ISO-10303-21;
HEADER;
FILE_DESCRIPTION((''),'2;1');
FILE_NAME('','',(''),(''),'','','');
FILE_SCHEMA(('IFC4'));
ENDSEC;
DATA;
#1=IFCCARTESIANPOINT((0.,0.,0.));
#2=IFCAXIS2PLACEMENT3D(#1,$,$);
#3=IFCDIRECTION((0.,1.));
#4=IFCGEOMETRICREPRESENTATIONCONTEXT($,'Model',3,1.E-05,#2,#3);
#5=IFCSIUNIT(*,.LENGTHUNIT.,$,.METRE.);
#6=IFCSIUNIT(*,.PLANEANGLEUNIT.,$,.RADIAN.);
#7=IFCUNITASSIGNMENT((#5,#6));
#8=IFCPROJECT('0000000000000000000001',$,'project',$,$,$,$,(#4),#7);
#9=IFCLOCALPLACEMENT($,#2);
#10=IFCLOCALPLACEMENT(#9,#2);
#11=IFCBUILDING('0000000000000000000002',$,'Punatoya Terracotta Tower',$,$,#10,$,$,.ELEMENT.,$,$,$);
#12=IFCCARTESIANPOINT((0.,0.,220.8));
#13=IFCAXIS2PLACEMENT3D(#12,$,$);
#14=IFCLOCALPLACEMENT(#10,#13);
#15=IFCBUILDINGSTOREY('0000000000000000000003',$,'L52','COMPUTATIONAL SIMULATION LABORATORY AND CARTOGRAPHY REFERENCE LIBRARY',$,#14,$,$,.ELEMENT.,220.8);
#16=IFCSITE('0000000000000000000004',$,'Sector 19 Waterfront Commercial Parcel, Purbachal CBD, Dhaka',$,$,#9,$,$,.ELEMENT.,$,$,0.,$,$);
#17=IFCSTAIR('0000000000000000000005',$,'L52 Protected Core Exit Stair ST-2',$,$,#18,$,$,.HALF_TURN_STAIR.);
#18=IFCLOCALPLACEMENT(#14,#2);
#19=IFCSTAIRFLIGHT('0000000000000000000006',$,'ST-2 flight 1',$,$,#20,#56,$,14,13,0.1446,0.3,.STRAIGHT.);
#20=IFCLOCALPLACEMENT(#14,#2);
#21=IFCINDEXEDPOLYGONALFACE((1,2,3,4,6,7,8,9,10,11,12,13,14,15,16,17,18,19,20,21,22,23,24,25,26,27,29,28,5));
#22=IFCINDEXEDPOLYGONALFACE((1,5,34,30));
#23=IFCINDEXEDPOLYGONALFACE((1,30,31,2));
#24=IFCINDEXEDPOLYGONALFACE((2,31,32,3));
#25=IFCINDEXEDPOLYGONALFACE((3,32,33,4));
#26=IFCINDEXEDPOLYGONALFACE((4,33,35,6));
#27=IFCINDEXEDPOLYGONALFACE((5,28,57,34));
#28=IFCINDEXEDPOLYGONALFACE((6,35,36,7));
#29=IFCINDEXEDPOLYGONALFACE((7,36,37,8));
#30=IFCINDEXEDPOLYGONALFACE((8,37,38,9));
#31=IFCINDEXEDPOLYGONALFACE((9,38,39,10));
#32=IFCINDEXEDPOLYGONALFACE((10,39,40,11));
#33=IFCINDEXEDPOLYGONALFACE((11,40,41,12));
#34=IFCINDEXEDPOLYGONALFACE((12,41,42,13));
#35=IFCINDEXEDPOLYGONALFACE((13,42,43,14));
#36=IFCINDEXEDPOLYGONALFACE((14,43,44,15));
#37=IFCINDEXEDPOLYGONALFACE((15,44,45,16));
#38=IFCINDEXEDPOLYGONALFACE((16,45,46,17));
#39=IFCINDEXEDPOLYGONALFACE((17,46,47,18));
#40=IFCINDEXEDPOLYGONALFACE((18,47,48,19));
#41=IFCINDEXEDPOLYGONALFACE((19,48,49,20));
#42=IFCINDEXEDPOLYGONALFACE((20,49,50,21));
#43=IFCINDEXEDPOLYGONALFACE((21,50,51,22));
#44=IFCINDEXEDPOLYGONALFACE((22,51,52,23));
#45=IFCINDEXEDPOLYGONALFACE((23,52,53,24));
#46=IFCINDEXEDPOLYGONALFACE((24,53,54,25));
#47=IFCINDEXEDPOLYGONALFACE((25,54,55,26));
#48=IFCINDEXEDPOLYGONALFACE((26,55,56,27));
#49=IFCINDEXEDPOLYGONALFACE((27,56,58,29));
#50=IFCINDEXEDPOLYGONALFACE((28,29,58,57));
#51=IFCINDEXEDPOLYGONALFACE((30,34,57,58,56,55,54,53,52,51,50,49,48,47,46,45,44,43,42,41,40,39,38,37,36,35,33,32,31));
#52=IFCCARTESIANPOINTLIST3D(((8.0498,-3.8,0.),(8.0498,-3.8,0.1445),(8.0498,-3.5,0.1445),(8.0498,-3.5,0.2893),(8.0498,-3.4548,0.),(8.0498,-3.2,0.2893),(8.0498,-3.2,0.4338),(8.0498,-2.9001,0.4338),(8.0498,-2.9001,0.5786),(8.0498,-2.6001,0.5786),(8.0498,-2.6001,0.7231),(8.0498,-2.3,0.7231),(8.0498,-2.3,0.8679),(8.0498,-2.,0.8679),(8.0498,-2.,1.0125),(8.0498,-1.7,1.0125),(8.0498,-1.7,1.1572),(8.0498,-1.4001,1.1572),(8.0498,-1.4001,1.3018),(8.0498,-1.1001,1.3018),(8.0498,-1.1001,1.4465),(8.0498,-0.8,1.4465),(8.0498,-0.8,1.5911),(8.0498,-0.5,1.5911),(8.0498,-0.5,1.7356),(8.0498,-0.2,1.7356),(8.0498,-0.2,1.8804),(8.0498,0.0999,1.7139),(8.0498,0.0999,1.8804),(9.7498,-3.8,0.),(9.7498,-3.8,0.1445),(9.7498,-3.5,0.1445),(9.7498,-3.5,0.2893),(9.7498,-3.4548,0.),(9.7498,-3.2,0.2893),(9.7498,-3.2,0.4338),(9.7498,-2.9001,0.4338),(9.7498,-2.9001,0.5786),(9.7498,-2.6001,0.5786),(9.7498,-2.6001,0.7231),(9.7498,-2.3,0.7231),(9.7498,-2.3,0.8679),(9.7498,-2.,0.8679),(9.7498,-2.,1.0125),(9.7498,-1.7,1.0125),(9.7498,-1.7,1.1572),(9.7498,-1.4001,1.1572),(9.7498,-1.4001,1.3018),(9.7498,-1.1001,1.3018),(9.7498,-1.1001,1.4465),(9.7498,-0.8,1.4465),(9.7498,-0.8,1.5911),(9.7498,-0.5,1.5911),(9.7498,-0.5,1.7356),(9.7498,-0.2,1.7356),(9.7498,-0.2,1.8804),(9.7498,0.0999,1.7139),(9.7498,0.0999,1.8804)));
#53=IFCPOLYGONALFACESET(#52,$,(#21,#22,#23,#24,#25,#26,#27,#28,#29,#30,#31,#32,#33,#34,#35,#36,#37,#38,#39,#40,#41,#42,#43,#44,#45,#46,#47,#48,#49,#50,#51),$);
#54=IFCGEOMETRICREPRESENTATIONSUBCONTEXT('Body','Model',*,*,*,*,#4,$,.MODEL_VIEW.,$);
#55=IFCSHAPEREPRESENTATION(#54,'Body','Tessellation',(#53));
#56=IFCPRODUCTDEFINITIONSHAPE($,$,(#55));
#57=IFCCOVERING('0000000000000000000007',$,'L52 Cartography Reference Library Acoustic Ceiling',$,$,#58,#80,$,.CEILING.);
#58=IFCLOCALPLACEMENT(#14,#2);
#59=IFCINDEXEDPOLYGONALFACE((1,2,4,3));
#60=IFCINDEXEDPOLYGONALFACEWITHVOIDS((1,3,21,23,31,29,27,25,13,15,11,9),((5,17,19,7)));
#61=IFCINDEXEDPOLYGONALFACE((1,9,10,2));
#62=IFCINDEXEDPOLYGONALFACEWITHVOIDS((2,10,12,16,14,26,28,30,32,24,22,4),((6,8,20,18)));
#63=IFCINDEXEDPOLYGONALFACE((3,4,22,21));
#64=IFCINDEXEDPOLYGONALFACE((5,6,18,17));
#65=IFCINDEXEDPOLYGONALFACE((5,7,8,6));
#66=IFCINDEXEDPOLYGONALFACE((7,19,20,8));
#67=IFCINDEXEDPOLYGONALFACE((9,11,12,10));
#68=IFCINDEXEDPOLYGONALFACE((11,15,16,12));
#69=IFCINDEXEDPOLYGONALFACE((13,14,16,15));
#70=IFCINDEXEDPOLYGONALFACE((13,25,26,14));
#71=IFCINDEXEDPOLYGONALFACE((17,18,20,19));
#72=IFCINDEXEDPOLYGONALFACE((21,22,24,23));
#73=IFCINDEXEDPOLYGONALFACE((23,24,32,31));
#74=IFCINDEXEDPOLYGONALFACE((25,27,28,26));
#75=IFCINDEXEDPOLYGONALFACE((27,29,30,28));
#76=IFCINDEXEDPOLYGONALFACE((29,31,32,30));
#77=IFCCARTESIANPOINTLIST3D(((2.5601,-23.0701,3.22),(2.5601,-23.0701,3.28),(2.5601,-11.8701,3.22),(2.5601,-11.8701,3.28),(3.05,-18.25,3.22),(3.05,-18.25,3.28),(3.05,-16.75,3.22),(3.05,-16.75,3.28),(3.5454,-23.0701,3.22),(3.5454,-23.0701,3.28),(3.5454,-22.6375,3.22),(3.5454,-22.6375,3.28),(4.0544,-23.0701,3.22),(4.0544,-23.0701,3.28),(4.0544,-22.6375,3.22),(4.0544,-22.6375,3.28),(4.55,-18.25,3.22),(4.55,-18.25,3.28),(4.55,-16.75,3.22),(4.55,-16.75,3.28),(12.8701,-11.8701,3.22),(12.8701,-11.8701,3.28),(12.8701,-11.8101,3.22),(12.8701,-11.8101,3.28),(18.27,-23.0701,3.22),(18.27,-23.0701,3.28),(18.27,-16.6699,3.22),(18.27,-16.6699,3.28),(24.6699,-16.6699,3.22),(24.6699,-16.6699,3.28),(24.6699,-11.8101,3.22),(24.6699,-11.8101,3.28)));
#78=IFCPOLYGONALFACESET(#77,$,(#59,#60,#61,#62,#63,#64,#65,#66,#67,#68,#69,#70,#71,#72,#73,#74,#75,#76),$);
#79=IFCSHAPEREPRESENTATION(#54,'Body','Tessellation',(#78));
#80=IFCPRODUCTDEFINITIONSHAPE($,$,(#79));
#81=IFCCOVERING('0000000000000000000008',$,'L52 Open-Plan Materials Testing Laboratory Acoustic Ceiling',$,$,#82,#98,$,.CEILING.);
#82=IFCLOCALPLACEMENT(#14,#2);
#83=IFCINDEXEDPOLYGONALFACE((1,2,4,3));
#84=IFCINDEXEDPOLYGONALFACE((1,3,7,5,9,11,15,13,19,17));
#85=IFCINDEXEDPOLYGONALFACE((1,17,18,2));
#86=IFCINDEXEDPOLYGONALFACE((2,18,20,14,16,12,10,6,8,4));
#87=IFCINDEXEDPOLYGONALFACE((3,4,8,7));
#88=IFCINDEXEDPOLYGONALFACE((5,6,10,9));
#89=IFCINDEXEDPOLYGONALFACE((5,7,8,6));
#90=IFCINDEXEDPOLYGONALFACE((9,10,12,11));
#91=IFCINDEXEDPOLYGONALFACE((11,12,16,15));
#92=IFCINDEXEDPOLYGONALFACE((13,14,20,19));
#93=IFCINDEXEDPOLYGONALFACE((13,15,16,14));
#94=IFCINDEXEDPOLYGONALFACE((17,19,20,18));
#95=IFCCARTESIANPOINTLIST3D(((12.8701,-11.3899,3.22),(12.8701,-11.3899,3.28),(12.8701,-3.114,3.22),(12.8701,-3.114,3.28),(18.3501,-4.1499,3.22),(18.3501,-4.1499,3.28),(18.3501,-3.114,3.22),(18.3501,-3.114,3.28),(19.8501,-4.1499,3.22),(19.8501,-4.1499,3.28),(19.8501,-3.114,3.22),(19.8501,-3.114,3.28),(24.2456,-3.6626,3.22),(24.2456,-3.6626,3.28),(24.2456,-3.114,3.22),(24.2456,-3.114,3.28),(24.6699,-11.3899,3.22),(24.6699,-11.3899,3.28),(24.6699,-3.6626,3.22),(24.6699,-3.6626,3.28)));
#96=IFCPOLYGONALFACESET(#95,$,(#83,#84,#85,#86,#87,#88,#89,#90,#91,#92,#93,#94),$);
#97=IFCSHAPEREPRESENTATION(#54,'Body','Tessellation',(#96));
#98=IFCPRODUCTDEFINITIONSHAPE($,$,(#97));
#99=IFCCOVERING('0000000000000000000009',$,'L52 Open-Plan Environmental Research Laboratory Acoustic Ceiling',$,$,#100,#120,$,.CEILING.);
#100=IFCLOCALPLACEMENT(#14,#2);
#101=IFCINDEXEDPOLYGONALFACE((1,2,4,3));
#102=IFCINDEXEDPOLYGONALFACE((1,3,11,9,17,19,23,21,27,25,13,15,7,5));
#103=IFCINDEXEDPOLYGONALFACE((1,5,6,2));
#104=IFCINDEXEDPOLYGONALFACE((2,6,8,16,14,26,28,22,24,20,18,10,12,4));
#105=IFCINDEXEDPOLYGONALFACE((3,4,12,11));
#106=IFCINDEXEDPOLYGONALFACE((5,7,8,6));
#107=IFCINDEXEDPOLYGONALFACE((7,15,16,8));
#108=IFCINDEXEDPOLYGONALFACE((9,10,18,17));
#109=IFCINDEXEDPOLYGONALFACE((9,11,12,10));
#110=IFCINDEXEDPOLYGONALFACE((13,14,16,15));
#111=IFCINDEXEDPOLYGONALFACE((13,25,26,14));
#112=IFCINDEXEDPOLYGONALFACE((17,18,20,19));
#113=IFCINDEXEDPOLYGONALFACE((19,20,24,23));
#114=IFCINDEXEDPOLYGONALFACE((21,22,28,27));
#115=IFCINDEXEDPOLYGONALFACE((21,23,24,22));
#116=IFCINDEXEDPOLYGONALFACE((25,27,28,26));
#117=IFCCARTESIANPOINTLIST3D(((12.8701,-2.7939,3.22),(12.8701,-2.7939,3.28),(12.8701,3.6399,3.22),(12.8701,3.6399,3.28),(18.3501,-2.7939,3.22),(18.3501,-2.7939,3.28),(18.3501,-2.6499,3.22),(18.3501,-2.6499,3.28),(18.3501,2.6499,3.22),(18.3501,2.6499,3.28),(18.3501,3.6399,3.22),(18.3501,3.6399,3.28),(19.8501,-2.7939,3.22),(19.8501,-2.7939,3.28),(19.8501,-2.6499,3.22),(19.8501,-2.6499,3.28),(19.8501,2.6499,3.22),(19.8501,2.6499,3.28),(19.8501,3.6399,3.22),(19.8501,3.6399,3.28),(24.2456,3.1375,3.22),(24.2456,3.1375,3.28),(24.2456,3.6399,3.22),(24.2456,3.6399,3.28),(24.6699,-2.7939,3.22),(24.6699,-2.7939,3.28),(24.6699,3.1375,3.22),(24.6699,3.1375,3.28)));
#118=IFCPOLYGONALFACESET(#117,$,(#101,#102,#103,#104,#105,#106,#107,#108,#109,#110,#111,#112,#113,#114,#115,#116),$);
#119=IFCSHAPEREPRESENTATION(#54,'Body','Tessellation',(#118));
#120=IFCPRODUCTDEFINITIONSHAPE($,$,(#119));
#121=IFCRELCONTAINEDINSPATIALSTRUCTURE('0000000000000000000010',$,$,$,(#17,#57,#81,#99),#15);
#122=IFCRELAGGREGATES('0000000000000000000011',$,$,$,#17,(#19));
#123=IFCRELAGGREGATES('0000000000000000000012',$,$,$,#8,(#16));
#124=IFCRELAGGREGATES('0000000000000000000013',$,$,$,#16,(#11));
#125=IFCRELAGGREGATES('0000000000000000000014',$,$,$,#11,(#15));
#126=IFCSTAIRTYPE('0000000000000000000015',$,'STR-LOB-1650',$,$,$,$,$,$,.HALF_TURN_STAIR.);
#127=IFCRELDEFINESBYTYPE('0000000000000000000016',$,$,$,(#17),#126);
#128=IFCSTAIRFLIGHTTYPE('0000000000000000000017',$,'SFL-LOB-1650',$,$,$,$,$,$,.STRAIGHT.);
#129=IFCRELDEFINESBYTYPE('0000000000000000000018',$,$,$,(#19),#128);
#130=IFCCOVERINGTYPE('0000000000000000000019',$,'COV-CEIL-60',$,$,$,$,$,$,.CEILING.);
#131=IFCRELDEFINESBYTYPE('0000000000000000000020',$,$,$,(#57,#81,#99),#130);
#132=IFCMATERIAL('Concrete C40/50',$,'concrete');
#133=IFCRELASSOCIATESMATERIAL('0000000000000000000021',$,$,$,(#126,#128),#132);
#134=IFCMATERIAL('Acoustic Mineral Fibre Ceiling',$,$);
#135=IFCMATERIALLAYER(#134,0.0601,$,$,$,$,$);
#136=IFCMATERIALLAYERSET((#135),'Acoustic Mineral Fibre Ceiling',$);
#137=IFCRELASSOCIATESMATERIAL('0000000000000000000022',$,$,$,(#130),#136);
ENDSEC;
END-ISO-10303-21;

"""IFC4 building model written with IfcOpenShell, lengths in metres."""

from ifc_helpers import new_model, si_unit, direction, frame, origin, place, context, subcontext, project, spatial, polyline, outline, extrude, material, layer, layer_set, type_object, element, aggregate, save


model = new_model("IFC4")

# Units and contexts
model_context = context("Model", 3, precision=1e-05, world=origin(), true_north=direction((0.0, 1.0)))
body_context = subcontext(model_context, "Body", "Model", "MODEL_VIEW")
ifc_project = project(units=[si_unit("LENGTHUNIT", "METRE"), si_unit("PLANEANGLEUNIT", "RADIAN")], contexts=[model_context])

# Site, building, storey
site_placement = place(None, origin())
site = spatial("IfcSite", under=ifc_project, at=site_placement, Name="Sector 19 Waterfront Commercial Parcel, Purbachal CBD, Dhaka", CompositionType="ELEMENT", RefElevation=0.0)
building_placement = place(site_placement, origin())
building = spatial("IfcBuilding", under=site, at=building_placement, Name="Punatoya Terracotta Tower", CompositionType="ELEMENT")
storey_placement = place(building_placement, frame((0.0, 0.0, 220.8)))
storey = spatial("IfcBuildingStorey", under=building, at=storey_placement, Name="L52", Description="COMPUTATIONAL SIMULATION LABORATORY AND CARTOGRAPHY REFERENCE LIBRARY", CompositionType="ELEMENT", Elevation=220.8)

# Shared definitions
ifc_material_1 = material(Name="Concrete C40/50", Category="concrete")

# Stair, stair flight
stair_type = type_object("IfcStairType", Name="STR-LOB-1650", PredefinedType="HALF_TURN_STAIR", material=ifc_material_1)
stair_placement = place(storey_placement, origin())
stair = element("IfcStair", 1, at=stair_placement, inside=storey, type_object=stair_type, Name="L52 Protected Core Exit Stair ST-2", PredefinedType="HALF_TURN_STAIR")
stair_flight_type = type_object("IfcStairFlightType", Name="SFL-LOB-1650", PredefinedType="STRAIGHT", material=ifc_material_1)
stair_flight_placement = place(storey_placement, frame((8.8999, -3.8, 0.0), z_axis=(0.0, 0.0, 1.0), x_axis=(0.0, 1.0, 0.0)))
stair_flight = element("IfcStairFlight", 2, at=stair_flight_placement, type_object=stair_flight_type, Name="ST-2 flight 1", NumberOfRisers=14, NumberOfTreads=13, PredefinedType="STRAIGHT", RiserHeight=0.1446, TreadLength=0.3, context=body_context, shape_type="SweptSolid", body=[
    extrude(outline(polyline([(0.0, 0.0), (0.0, 0.1445), (0.3, 0.1445), (0.3, 0.2893), (0.6001, 0.2893), (0.6001, 0.4338), (0.8999, 0.4338), (0.8999, 0.5786), (1.2, 0.5786), (1.2, 0.7231), (1.5, 0.7231), (1.5, 0.8679), (1.8, 0.8679), (1.8, 1.0125), (2.1001, 1.0125), (2.1001, 1.1572), (2.3999, 1.1572), (2.3999, 1.3018), (2.7, 1.3018), (2.7, 1.4465), (3.0, 1.4465), (3.0, 1.5911), (3.3, 1.5911), (3.3, 1.7356), (3.6001, 1.7356), (3.6001, 1.8804), (3.8999, 1.8804), (3.8999, 2.0249), (3.8999, 1.7139), (0.3452, 0.0), (0.0, 0.0)])), frame((0.0, 0.8501, 0.0), z_axis=(0.0, -1.0, 0.0), x_axis=(1.0, 0.0, 0.0)), (0.0, 0.0, 1.0), 1.7),
])
aggregate(stair, [stair_flight])

# Coverings
ifc_material_2 = material(Name="Acoustic Mineral Fibre Ceiling")
ifc_layer_1 = layer(ifc_material_2, 0.0601)
ifc_layer_set_1 = layer_set([ifc_layer_1], Name="Acoustic Mineral Fibre Ceiling")
covering_type = type_object("IfcCoveringType", Name="COV-CEIL-60", PredefinedType="CEILING", material=ifc_layer_set_1)
covering_1_placement = place(storey_placement, frame((0.0, 0.0, 3.22)))
element("IfcCovering", 3, at=covering_1_placement, inside=storey, type_object=covering_type, Name="L52 Cartography Reference Library Acoustic Ceiling", PredefinedType="CEILING", context=body_context, shape_type="SweptSolid", body=[
    extrude(outline(polyline([(12.8701, -11.8701), (2.5601, -11.8701), (2.5601, -23.0701), (3.5454, -23.0701), (3.5454, -22.6375), (4.0544, -22.6375), (4.0544, -23.0701), (18.27, -23.0701), (18.27, -16.6699), (24.6699, -16.6699), (24.6699, -11.8101), (12.8701, -11.8101), (12.8701, -11.8701)]), holes=[polyline([(3.05, -18.25), (3.05, -16.75), (4.55, -16.75), (4.55, -18.25), (3.05, -18.25)])]), origin(), (0.0, 0.0, 1.0), 0.0601),
])
covering_2_placement = place(storey_placement, frame((0.0, 0.0, 3.22)))
element("IfcCovering", 4, at=covering_2_placement, inside=storey, type_object=covering_type, Name="L52 Open-Plan Materials Testing Laboratory Acoustic Ceiling", PredefinedType="CEILING", context=body_context, shape_type="SweptSolid", body=[
    extrude(outline(polyline([(24.2456, -3.114), (19.8501, -3.114), (19.8501, -4.1499), (18.3501, -4.1499), (18.3501, -3.114), (12.8701, -3.114), (12.8701, -11.3899), (24.6699, -11.3899), (24.6699, -3.6626), (24.2456, -3.6626), (24.2456, -3.114)])), origin(), (0.0, 0.0, 1.0), 0.0601),
])
covering_3_placement = place(storey_placement, frame((0.0, 0.0, 3.22)))
element("IfcCovering", 5, at=covering_3_placement, inside=storey, type_object=covering_type, Name="L52 Open-Plan Environmental Research Laboratory Acoustic Ceiling", PredefinedType="CEILING", context=body_context, shape_type="SweptSolid", body=[
    extrude(outline(polyline([(24.2456, 3.1375), (24.2456, 3.6399), (19.8501, 3.6399), (19.8501, 2.6499), (18.3501, 2.6499), (18.3501, 3.6399), (12.8701, 3.6399), (12.8701, -2.7939), (18.3501, -2.7939), (18.3501, -2.6499), (19.8501, -2.6499), (19.8501, -2.7939), (24.6699, -2.7939), (24.6699, 3.1375), (24.2456, 3.1375)])), origin(), (0.0, 0.0, 1.0), 0.0601),
])

save(model, "model.ifc")
